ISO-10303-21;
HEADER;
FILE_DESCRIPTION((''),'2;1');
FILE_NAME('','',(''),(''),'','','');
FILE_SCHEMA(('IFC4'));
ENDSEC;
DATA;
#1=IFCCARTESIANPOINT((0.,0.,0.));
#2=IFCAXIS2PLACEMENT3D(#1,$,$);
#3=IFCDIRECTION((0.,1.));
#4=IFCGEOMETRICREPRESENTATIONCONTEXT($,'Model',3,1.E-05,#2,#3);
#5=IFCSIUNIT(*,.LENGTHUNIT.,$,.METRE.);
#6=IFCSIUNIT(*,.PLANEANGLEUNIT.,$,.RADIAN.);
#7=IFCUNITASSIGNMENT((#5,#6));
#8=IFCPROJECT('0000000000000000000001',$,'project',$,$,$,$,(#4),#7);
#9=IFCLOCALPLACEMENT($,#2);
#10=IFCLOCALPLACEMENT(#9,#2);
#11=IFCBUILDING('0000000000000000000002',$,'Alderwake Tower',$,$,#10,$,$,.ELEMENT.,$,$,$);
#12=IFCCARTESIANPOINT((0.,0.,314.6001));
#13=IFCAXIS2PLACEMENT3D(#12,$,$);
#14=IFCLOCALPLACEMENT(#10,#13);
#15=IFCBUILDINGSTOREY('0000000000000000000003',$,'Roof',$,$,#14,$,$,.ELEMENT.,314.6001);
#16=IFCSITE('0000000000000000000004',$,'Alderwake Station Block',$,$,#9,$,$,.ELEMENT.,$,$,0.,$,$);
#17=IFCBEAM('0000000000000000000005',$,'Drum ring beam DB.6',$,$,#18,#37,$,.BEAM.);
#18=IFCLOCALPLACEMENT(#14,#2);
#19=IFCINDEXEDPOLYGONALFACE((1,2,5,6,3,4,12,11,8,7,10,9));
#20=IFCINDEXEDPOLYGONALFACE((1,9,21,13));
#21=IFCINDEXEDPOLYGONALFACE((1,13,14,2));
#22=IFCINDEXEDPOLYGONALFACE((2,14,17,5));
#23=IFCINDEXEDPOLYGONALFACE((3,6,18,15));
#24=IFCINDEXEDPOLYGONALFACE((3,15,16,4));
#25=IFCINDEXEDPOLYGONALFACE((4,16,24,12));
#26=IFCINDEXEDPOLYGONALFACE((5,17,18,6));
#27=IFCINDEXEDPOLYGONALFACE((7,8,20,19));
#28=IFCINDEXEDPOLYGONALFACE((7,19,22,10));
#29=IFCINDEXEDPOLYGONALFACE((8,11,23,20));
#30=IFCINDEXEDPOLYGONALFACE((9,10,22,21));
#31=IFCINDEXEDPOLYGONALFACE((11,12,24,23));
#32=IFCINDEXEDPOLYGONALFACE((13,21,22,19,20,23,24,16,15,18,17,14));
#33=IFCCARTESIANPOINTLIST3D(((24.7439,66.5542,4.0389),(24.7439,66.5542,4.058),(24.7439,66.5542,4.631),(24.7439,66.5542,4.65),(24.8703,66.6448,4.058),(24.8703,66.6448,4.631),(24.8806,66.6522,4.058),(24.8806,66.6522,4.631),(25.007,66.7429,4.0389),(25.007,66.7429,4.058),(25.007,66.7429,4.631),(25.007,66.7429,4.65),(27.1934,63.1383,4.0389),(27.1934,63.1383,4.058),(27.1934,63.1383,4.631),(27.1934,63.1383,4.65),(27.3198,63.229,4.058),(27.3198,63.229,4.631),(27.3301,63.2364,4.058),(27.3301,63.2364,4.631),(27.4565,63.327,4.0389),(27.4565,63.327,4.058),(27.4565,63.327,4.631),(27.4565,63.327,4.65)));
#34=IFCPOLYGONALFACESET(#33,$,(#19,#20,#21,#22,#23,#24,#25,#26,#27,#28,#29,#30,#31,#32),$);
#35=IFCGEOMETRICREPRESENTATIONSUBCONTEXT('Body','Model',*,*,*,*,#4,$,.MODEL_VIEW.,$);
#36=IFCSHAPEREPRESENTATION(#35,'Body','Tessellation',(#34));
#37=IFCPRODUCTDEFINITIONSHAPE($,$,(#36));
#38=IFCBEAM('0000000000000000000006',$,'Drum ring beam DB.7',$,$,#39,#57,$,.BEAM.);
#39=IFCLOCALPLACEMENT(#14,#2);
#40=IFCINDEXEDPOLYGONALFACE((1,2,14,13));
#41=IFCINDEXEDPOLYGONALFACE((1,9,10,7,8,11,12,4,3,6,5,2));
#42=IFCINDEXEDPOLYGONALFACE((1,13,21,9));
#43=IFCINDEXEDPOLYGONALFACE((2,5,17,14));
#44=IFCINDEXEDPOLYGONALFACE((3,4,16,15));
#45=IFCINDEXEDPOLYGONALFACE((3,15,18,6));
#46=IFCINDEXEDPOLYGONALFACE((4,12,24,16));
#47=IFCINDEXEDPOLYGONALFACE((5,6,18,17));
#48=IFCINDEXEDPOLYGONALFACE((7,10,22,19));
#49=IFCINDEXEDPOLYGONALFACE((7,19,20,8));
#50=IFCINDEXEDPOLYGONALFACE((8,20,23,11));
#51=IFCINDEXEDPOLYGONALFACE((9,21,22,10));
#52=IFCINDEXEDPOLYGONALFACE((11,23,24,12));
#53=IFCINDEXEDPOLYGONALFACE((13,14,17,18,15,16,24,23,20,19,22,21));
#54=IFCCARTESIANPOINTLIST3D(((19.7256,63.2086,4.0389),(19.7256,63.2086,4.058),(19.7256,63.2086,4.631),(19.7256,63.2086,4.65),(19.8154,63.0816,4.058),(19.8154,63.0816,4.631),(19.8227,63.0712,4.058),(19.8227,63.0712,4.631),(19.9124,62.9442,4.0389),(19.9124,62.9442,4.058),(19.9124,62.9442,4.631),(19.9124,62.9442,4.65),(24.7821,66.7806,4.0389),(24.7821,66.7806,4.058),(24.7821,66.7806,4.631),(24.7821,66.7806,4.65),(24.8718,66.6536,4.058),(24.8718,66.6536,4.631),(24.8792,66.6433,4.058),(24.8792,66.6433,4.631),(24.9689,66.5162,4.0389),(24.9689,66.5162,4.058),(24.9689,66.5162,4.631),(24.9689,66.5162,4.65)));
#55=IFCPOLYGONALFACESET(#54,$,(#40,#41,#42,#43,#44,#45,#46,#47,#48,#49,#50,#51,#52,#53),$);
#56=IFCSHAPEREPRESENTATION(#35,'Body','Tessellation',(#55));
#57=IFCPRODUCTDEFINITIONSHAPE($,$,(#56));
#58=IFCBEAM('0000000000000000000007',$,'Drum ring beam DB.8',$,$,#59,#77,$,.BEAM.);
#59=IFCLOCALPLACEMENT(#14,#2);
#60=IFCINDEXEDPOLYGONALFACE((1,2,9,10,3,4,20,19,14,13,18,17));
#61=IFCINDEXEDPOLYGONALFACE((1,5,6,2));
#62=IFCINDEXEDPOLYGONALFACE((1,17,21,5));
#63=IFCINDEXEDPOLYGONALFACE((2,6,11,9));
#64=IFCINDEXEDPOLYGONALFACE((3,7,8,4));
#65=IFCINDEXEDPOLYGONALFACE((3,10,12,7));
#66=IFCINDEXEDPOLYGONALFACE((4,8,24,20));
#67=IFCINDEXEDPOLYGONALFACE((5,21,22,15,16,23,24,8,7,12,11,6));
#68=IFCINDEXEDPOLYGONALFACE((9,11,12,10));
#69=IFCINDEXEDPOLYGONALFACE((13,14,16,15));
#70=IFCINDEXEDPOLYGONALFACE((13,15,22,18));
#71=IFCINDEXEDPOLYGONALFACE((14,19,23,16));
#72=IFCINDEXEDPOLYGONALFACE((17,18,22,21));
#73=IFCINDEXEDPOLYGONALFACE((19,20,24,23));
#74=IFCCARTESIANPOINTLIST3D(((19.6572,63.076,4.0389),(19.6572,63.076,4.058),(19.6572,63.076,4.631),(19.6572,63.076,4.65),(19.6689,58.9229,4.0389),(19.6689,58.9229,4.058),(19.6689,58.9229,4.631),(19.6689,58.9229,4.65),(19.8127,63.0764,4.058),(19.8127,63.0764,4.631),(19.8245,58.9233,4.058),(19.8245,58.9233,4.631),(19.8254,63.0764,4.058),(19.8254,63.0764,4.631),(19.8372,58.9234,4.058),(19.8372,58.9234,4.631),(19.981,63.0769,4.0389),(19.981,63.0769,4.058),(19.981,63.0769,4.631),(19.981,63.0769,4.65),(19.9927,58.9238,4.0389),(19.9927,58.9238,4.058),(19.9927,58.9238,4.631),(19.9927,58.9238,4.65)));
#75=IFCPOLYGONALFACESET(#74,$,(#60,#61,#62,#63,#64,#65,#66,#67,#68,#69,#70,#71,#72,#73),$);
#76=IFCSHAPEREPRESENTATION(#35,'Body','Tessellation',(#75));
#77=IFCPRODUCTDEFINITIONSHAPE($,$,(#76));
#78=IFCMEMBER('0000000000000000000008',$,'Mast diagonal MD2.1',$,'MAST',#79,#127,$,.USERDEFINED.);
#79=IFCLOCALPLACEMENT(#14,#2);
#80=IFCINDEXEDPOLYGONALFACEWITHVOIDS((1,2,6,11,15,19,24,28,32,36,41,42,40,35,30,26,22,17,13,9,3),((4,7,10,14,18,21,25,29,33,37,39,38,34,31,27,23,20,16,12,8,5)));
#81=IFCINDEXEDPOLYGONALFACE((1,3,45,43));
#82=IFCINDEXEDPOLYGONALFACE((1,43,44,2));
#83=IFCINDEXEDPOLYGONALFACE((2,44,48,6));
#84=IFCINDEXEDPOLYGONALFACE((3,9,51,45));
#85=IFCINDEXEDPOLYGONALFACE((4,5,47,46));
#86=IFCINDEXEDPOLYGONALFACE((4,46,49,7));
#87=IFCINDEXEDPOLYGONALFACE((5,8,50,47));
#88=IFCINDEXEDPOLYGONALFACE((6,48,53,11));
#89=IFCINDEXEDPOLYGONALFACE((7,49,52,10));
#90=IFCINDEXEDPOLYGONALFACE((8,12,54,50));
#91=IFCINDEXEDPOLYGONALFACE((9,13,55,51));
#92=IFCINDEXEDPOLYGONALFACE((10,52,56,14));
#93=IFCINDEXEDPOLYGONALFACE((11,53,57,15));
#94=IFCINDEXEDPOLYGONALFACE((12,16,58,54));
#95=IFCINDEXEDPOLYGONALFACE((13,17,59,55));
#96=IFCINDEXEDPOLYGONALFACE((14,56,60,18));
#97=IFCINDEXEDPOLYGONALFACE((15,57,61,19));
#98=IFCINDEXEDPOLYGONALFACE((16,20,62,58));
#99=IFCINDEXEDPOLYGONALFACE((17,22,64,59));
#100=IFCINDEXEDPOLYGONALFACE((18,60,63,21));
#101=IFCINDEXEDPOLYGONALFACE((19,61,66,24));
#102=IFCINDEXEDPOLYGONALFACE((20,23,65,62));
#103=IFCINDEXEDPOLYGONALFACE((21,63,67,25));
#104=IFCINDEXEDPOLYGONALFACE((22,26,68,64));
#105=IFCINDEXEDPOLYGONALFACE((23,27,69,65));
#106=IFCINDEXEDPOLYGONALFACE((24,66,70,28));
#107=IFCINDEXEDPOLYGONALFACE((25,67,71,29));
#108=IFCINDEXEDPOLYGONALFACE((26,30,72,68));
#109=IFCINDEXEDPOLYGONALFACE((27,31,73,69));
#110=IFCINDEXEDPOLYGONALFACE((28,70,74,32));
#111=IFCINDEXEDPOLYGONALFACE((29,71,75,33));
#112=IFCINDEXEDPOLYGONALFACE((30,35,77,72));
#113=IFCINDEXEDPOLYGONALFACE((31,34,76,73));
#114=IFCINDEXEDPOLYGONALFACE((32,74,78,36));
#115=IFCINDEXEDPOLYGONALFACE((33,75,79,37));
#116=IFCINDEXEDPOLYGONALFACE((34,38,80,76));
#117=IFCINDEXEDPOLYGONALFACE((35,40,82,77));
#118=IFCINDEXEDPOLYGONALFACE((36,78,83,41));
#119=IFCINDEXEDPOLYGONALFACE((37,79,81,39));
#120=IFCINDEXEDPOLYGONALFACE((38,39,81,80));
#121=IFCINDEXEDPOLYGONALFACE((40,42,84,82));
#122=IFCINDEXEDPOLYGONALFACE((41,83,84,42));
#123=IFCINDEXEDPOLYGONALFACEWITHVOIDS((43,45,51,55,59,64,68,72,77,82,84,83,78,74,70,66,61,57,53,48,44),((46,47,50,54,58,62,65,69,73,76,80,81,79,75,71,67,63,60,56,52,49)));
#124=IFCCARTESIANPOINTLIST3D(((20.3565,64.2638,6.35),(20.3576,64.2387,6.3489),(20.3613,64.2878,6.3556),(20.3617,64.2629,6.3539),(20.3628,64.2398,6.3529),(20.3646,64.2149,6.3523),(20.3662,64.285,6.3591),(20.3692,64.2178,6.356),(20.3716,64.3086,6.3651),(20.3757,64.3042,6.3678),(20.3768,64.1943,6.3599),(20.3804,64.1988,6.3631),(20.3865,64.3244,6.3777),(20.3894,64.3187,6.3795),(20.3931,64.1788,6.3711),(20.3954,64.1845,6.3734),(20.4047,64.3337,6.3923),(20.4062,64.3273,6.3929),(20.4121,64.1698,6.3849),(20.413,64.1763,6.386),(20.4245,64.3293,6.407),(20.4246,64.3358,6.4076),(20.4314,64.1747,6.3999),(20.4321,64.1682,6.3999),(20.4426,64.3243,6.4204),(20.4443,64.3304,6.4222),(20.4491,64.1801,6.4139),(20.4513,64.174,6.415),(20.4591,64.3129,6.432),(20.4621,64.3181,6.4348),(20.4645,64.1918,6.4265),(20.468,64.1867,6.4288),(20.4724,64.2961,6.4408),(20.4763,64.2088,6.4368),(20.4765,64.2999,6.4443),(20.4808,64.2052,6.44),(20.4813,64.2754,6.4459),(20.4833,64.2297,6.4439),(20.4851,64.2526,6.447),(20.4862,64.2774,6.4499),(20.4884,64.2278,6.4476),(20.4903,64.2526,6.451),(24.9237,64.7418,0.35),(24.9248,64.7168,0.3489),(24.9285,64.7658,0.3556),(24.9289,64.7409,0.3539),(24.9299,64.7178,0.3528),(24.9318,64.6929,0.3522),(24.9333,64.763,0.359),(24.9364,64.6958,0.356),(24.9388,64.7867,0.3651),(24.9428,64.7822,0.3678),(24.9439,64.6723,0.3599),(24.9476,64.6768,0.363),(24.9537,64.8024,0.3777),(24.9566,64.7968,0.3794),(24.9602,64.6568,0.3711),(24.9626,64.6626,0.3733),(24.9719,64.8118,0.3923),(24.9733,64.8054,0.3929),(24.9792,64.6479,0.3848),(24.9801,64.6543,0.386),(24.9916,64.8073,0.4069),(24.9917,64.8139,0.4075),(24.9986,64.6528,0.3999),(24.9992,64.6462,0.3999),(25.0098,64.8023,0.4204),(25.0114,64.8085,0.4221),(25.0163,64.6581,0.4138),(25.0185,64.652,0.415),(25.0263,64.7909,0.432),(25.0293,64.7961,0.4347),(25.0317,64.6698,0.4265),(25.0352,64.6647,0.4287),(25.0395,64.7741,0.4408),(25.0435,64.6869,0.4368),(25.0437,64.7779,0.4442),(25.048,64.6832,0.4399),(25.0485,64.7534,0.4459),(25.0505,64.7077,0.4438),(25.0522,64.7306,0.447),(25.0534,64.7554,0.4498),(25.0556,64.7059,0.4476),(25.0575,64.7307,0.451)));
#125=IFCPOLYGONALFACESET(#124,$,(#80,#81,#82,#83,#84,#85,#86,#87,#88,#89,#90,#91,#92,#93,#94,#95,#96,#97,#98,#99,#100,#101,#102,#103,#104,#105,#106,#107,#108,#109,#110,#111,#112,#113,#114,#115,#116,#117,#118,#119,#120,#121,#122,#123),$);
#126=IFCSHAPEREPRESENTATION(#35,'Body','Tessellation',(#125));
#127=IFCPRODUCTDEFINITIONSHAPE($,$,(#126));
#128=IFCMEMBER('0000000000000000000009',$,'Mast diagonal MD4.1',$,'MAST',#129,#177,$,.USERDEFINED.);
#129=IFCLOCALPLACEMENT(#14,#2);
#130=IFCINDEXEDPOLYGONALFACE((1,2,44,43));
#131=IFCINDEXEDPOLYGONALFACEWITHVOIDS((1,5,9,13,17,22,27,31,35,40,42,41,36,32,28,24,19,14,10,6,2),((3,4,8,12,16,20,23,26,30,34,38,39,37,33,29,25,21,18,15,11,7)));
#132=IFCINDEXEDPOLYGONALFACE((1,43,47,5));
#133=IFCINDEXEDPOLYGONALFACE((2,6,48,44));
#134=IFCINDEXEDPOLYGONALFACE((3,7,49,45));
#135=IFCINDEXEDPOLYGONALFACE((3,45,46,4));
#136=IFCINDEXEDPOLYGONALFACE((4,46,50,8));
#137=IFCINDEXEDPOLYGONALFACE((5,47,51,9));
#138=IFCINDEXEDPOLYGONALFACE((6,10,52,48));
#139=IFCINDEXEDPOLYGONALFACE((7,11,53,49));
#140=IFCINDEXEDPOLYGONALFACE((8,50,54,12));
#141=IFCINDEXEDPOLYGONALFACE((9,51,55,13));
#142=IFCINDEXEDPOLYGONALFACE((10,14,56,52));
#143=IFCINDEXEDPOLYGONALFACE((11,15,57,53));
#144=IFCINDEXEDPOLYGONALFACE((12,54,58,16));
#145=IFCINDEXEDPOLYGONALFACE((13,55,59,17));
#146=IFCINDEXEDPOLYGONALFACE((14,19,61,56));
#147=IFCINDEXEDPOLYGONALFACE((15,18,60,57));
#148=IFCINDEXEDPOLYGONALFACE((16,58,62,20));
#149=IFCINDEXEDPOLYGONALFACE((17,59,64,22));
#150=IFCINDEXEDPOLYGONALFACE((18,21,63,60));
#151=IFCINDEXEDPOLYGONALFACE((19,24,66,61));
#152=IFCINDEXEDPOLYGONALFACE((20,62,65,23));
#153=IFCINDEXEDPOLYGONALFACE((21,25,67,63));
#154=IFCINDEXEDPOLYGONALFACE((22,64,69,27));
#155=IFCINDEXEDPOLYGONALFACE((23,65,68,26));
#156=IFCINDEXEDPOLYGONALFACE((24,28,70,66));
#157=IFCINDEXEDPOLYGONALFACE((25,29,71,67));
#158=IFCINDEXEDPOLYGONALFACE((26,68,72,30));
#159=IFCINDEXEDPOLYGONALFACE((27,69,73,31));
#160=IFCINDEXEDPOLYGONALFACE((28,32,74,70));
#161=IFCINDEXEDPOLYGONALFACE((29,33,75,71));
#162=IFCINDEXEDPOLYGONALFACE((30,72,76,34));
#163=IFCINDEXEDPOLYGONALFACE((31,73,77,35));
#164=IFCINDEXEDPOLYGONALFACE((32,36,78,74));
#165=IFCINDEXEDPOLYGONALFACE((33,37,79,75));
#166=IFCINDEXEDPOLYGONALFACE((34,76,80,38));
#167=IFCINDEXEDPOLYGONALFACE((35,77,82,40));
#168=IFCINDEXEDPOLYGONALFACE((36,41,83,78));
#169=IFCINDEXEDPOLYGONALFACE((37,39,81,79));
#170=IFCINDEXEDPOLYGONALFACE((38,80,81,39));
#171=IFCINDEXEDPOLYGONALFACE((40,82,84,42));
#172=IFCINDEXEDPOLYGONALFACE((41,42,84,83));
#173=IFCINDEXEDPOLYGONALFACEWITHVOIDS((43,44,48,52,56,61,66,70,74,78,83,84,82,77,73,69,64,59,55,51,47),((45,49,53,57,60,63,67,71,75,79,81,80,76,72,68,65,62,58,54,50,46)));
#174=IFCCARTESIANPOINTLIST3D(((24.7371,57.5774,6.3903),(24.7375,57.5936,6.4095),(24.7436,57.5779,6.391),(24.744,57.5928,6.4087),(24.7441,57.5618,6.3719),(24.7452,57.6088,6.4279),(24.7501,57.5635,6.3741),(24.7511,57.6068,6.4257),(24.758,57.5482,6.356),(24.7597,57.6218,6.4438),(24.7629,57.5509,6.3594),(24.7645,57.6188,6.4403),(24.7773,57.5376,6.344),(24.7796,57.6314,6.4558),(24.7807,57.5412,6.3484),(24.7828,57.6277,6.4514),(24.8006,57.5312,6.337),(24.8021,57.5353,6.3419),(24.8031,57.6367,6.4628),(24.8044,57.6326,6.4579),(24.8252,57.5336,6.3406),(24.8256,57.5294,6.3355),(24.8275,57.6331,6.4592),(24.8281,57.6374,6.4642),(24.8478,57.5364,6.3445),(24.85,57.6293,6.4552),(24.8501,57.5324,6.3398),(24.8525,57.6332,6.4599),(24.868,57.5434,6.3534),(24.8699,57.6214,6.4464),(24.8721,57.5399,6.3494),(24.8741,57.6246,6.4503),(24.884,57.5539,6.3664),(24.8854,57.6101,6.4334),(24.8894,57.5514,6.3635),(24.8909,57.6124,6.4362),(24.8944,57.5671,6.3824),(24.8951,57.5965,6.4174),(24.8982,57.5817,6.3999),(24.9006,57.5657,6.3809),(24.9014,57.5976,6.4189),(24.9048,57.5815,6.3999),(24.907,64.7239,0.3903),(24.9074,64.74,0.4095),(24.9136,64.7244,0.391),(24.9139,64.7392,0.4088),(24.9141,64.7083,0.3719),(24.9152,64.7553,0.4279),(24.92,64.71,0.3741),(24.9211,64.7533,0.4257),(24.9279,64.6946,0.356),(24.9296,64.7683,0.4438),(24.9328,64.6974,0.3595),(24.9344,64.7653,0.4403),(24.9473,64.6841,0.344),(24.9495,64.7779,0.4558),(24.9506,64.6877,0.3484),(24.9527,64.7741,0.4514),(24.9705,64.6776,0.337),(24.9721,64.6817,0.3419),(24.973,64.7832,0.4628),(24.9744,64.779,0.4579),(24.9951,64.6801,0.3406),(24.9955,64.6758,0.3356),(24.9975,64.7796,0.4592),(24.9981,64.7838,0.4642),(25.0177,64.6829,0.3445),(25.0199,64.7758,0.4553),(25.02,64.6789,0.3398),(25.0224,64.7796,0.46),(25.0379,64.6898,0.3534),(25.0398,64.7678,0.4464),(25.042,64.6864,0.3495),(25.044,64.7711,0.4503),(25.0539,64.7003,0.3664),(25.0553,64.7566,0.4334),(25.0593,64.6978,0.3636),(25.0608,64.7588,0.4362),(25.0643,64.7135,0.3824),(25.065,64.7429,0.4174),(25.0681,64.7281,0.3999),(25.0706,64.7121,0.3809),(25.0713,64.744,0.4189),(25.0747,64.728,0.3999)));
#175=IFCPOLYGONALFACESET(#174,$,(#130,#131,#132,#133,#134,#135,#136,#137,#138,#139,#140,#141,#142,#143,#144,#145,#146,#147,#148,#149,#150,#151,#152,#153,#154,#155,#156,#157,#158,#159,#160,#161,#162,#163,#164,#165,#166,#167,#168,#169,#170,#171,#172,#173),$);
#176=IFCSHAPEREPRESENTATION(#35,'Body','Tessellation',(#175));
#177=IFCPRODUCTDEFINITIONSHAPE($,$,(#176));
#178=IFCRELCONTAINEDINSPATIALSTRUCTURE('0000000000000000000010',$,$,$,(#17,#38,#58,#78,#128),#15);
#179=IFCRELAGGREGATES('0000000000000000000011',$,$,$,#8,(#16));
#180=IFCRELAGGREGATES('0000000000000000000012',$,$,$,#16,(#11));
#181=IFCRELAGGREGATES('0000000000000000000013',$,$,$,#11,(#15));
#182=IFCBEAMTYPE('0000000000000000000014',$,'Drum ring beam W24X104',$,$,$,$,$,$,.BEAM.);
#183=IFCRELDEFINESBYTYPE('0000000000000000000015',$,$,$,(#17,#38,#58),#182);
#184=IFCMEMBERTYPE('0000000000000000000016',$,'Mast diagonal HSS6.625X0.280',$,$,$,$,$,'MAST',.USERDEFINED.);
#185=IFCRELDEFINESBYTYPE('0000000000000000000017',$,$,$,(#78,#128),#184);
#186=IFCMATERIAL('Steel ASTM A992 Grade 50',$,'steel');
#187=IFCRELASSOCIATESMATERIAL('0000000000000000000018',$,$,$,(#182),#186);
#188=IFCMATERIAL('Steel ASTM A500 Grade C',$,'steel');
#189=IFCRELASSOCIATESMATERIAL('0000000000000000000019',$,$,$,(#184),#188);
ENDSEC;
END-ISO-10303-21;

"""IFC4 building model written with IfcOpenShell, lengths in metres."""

from ifc_helpers import new_model, si_unit, direction, frame, origin, origin_2d, place, context, subcontext, project, spatial, hollow_circle, i_section, extrude, material, material_profile, profile_set, type_object, element, save


model = new_model("IFC4")

# Units and contexts
model_context = context("Model", 3, precision=1e-05, world=origin(), true_north=direction((0.0, 1.0)))
body_context = subcontext(model_context, "Body", "Model", "MODEL_VIEW")
ifc_project = project(units=[si_unit("LENGTHUNIT", "METRE"), si_unit("PLANEANGLEUNIT", "RADIAN")], contexts=[model_context])

# Site, building, storey
site_placement = place(None, origin())
site = spatial("IfcSite", under=ifc_project, at=site_placement, Name="Alderwake Station Block", CompositionType="ELEMENT", RefElevation=0.0)
building_placement = place(site_placement, origin())
building = spatial("IfcBuilding", under=site, at=building_placement, Name="Alderwake Tower", CompositionType="ELEMENT")
storey_placement = place(building_placement, frame((0.0, 0.0, 314.6001)))
storey = spatial("IfcBuildingStorey", under=building, at=storey_placement, Name="Roof", CompositionType="ELEMENT", Elevation=314.6001)

# Beams
ifc_material_1 = material(Name="Steel ASTM A992 Grade 50", Category="steel")
ifc_material_profile_1 = material_profile(ifc_material_1, i_section(OverallWidth=0.3237, OverallDepth=0.6111, WebThickness=0.0127, FlangeThickness=0.019, at=origin_2d()), Name="W24X104")
ifc_profile_set_1 = profile_set([ifc_material_profile_1], Name="Steel ASTM A992 Grade 50")
beam_type = type_object("IfcBeamType", Name="Drum ring beam W24X104", PredefinedType="BEAM", material=ifc_profile_set_1)
beam_1_placement = place(storey_placement, frame((27.325, 63.2327, 4.3445), z_axis=(-0.582754, 0.812649, 0.0), x_axis=(-0.812649, -0.582754, 0.0)))
element("IfcBeam", 1, at=beam_1_placement, inside=storey, type_object=beam_type, Name="Drum ring beam DB.6", PredefinedType="BEAM", context=body_context, shape_type="SweptSolid", body=[
    extrude(i_section(OverallWidth=0.3237, OverallDepth=0.6111, WebThickness=0.0127, FlangeThickness=0.019, at=origin_2d()), origin(), (0.0, 0.0, 1.0), 4.2034),
])
beam_2_placement = place(storey_placement, frame((24.8755, 66.6484, 4.3445), z_axis=(-0.816755, -0.576985, 0.0), x_axis=(0.576985, -0.816755, 0.0)))
element("IfcBeam", 2, at=beam_2_placement, inside=storey, type_object=beam_type, Name="Drum ring beam DB.7", PredefinedType="BEAM", context=body_context, shape_type="SweptSolid", body=[
    extrude(i_section(OverallWidth=0.3237, OverallDepth=0.6111, WebThickness=0.0127, FlangeThickness=0.019, at=origin_2d()), origin(), (0.0, 0.0, 1.0), 6.1909),
])
beam_3_placement = place(storey_placement, frame((19.8191, 63.0764, 4.3445), z_axis=(0.002822, -0.999996, 0.0), x_axis=(0.999996, 0.002822, 0.0)))
element("IfcBeam", 3, at=beam_3_placement, inside=storey, type_object=beam_type, Name="Drum ring beam DB.8", PredefinedType="BEAM", context=body_context, shape_type="SweptSolid", body=[
    extrude(i_section(OverallWidth=0.3237, OverallDepth=0.6111, WebThickness=0.0127, FlangeThickness=0.019, at=origin_2d()), origin(), (0.0, 0.0, 1.0), 4.1531),
])

# Members
ifc_material_2 = material(Name="Steel ASTM A500 Grade C", Category="steel")
ifc_material_profile_2 = material_profile(ifc_material_2, hollow_circle(Radius=0.0842, WallThickness=0.0066, at=origin_2d()), Name="HSS6.625X0.280")
ifc_profile_set_2 = profile_set([ifc_material_profile_2], Name="Steel ASTM A500 Grade C")
member_type_1 = type_object("IfcMemberType", Name="Mast diagonal HSS6.625X0.280", ElementType="MAST", PredefinedType="USERDEFINED", material=ifc_profile_set_2)
member_1_placement = place(storey_placement, frame((24.9905, 64.73, 0.3999), z_axis=(-0.60447, -0.063268, 0.794112), x_axis=(0.104098, -0.994567, 0.0)))
element("IfcMember", 4, at=member_1_placement, inside=storey, type_object=member_type_1, Name="Mast diagonal MD2.1", ObjectType="MAST", PredefinedType="USERDEFINED", context=body_context, shape_type="SweptSolid", body=[
    extrude(hollow_circle(Radius=0.0842, WallThickness=0.0066, at=origin_2d()), origin(), (0.0, 0.0, 1.0), 7.5557),
])
member_2_placement = place(storey_placement, frame((24.9905, 64.73, 0.3999), z_axis=(-0.018207, -0.765739, 0.642894), x_axis=(0.999717, -0.02377, 0.0)))
element("IfcMember", 5, at=member_2_placement, inside=storey, type_object=member_type_1, Name="Mast diagonal MD4.1", ObjectType="MAST", PredefinedType="USERDEFINED", context=body_context, shape_type="SweptSolid", body=[
    extrude(hollow_circle(Radius=0.0842, WallThickness=0.0066, at=origin_2d()), origin(), (0.0, 0.0, 1.0), 9.3328),
])

save(model, "model.ifc")
